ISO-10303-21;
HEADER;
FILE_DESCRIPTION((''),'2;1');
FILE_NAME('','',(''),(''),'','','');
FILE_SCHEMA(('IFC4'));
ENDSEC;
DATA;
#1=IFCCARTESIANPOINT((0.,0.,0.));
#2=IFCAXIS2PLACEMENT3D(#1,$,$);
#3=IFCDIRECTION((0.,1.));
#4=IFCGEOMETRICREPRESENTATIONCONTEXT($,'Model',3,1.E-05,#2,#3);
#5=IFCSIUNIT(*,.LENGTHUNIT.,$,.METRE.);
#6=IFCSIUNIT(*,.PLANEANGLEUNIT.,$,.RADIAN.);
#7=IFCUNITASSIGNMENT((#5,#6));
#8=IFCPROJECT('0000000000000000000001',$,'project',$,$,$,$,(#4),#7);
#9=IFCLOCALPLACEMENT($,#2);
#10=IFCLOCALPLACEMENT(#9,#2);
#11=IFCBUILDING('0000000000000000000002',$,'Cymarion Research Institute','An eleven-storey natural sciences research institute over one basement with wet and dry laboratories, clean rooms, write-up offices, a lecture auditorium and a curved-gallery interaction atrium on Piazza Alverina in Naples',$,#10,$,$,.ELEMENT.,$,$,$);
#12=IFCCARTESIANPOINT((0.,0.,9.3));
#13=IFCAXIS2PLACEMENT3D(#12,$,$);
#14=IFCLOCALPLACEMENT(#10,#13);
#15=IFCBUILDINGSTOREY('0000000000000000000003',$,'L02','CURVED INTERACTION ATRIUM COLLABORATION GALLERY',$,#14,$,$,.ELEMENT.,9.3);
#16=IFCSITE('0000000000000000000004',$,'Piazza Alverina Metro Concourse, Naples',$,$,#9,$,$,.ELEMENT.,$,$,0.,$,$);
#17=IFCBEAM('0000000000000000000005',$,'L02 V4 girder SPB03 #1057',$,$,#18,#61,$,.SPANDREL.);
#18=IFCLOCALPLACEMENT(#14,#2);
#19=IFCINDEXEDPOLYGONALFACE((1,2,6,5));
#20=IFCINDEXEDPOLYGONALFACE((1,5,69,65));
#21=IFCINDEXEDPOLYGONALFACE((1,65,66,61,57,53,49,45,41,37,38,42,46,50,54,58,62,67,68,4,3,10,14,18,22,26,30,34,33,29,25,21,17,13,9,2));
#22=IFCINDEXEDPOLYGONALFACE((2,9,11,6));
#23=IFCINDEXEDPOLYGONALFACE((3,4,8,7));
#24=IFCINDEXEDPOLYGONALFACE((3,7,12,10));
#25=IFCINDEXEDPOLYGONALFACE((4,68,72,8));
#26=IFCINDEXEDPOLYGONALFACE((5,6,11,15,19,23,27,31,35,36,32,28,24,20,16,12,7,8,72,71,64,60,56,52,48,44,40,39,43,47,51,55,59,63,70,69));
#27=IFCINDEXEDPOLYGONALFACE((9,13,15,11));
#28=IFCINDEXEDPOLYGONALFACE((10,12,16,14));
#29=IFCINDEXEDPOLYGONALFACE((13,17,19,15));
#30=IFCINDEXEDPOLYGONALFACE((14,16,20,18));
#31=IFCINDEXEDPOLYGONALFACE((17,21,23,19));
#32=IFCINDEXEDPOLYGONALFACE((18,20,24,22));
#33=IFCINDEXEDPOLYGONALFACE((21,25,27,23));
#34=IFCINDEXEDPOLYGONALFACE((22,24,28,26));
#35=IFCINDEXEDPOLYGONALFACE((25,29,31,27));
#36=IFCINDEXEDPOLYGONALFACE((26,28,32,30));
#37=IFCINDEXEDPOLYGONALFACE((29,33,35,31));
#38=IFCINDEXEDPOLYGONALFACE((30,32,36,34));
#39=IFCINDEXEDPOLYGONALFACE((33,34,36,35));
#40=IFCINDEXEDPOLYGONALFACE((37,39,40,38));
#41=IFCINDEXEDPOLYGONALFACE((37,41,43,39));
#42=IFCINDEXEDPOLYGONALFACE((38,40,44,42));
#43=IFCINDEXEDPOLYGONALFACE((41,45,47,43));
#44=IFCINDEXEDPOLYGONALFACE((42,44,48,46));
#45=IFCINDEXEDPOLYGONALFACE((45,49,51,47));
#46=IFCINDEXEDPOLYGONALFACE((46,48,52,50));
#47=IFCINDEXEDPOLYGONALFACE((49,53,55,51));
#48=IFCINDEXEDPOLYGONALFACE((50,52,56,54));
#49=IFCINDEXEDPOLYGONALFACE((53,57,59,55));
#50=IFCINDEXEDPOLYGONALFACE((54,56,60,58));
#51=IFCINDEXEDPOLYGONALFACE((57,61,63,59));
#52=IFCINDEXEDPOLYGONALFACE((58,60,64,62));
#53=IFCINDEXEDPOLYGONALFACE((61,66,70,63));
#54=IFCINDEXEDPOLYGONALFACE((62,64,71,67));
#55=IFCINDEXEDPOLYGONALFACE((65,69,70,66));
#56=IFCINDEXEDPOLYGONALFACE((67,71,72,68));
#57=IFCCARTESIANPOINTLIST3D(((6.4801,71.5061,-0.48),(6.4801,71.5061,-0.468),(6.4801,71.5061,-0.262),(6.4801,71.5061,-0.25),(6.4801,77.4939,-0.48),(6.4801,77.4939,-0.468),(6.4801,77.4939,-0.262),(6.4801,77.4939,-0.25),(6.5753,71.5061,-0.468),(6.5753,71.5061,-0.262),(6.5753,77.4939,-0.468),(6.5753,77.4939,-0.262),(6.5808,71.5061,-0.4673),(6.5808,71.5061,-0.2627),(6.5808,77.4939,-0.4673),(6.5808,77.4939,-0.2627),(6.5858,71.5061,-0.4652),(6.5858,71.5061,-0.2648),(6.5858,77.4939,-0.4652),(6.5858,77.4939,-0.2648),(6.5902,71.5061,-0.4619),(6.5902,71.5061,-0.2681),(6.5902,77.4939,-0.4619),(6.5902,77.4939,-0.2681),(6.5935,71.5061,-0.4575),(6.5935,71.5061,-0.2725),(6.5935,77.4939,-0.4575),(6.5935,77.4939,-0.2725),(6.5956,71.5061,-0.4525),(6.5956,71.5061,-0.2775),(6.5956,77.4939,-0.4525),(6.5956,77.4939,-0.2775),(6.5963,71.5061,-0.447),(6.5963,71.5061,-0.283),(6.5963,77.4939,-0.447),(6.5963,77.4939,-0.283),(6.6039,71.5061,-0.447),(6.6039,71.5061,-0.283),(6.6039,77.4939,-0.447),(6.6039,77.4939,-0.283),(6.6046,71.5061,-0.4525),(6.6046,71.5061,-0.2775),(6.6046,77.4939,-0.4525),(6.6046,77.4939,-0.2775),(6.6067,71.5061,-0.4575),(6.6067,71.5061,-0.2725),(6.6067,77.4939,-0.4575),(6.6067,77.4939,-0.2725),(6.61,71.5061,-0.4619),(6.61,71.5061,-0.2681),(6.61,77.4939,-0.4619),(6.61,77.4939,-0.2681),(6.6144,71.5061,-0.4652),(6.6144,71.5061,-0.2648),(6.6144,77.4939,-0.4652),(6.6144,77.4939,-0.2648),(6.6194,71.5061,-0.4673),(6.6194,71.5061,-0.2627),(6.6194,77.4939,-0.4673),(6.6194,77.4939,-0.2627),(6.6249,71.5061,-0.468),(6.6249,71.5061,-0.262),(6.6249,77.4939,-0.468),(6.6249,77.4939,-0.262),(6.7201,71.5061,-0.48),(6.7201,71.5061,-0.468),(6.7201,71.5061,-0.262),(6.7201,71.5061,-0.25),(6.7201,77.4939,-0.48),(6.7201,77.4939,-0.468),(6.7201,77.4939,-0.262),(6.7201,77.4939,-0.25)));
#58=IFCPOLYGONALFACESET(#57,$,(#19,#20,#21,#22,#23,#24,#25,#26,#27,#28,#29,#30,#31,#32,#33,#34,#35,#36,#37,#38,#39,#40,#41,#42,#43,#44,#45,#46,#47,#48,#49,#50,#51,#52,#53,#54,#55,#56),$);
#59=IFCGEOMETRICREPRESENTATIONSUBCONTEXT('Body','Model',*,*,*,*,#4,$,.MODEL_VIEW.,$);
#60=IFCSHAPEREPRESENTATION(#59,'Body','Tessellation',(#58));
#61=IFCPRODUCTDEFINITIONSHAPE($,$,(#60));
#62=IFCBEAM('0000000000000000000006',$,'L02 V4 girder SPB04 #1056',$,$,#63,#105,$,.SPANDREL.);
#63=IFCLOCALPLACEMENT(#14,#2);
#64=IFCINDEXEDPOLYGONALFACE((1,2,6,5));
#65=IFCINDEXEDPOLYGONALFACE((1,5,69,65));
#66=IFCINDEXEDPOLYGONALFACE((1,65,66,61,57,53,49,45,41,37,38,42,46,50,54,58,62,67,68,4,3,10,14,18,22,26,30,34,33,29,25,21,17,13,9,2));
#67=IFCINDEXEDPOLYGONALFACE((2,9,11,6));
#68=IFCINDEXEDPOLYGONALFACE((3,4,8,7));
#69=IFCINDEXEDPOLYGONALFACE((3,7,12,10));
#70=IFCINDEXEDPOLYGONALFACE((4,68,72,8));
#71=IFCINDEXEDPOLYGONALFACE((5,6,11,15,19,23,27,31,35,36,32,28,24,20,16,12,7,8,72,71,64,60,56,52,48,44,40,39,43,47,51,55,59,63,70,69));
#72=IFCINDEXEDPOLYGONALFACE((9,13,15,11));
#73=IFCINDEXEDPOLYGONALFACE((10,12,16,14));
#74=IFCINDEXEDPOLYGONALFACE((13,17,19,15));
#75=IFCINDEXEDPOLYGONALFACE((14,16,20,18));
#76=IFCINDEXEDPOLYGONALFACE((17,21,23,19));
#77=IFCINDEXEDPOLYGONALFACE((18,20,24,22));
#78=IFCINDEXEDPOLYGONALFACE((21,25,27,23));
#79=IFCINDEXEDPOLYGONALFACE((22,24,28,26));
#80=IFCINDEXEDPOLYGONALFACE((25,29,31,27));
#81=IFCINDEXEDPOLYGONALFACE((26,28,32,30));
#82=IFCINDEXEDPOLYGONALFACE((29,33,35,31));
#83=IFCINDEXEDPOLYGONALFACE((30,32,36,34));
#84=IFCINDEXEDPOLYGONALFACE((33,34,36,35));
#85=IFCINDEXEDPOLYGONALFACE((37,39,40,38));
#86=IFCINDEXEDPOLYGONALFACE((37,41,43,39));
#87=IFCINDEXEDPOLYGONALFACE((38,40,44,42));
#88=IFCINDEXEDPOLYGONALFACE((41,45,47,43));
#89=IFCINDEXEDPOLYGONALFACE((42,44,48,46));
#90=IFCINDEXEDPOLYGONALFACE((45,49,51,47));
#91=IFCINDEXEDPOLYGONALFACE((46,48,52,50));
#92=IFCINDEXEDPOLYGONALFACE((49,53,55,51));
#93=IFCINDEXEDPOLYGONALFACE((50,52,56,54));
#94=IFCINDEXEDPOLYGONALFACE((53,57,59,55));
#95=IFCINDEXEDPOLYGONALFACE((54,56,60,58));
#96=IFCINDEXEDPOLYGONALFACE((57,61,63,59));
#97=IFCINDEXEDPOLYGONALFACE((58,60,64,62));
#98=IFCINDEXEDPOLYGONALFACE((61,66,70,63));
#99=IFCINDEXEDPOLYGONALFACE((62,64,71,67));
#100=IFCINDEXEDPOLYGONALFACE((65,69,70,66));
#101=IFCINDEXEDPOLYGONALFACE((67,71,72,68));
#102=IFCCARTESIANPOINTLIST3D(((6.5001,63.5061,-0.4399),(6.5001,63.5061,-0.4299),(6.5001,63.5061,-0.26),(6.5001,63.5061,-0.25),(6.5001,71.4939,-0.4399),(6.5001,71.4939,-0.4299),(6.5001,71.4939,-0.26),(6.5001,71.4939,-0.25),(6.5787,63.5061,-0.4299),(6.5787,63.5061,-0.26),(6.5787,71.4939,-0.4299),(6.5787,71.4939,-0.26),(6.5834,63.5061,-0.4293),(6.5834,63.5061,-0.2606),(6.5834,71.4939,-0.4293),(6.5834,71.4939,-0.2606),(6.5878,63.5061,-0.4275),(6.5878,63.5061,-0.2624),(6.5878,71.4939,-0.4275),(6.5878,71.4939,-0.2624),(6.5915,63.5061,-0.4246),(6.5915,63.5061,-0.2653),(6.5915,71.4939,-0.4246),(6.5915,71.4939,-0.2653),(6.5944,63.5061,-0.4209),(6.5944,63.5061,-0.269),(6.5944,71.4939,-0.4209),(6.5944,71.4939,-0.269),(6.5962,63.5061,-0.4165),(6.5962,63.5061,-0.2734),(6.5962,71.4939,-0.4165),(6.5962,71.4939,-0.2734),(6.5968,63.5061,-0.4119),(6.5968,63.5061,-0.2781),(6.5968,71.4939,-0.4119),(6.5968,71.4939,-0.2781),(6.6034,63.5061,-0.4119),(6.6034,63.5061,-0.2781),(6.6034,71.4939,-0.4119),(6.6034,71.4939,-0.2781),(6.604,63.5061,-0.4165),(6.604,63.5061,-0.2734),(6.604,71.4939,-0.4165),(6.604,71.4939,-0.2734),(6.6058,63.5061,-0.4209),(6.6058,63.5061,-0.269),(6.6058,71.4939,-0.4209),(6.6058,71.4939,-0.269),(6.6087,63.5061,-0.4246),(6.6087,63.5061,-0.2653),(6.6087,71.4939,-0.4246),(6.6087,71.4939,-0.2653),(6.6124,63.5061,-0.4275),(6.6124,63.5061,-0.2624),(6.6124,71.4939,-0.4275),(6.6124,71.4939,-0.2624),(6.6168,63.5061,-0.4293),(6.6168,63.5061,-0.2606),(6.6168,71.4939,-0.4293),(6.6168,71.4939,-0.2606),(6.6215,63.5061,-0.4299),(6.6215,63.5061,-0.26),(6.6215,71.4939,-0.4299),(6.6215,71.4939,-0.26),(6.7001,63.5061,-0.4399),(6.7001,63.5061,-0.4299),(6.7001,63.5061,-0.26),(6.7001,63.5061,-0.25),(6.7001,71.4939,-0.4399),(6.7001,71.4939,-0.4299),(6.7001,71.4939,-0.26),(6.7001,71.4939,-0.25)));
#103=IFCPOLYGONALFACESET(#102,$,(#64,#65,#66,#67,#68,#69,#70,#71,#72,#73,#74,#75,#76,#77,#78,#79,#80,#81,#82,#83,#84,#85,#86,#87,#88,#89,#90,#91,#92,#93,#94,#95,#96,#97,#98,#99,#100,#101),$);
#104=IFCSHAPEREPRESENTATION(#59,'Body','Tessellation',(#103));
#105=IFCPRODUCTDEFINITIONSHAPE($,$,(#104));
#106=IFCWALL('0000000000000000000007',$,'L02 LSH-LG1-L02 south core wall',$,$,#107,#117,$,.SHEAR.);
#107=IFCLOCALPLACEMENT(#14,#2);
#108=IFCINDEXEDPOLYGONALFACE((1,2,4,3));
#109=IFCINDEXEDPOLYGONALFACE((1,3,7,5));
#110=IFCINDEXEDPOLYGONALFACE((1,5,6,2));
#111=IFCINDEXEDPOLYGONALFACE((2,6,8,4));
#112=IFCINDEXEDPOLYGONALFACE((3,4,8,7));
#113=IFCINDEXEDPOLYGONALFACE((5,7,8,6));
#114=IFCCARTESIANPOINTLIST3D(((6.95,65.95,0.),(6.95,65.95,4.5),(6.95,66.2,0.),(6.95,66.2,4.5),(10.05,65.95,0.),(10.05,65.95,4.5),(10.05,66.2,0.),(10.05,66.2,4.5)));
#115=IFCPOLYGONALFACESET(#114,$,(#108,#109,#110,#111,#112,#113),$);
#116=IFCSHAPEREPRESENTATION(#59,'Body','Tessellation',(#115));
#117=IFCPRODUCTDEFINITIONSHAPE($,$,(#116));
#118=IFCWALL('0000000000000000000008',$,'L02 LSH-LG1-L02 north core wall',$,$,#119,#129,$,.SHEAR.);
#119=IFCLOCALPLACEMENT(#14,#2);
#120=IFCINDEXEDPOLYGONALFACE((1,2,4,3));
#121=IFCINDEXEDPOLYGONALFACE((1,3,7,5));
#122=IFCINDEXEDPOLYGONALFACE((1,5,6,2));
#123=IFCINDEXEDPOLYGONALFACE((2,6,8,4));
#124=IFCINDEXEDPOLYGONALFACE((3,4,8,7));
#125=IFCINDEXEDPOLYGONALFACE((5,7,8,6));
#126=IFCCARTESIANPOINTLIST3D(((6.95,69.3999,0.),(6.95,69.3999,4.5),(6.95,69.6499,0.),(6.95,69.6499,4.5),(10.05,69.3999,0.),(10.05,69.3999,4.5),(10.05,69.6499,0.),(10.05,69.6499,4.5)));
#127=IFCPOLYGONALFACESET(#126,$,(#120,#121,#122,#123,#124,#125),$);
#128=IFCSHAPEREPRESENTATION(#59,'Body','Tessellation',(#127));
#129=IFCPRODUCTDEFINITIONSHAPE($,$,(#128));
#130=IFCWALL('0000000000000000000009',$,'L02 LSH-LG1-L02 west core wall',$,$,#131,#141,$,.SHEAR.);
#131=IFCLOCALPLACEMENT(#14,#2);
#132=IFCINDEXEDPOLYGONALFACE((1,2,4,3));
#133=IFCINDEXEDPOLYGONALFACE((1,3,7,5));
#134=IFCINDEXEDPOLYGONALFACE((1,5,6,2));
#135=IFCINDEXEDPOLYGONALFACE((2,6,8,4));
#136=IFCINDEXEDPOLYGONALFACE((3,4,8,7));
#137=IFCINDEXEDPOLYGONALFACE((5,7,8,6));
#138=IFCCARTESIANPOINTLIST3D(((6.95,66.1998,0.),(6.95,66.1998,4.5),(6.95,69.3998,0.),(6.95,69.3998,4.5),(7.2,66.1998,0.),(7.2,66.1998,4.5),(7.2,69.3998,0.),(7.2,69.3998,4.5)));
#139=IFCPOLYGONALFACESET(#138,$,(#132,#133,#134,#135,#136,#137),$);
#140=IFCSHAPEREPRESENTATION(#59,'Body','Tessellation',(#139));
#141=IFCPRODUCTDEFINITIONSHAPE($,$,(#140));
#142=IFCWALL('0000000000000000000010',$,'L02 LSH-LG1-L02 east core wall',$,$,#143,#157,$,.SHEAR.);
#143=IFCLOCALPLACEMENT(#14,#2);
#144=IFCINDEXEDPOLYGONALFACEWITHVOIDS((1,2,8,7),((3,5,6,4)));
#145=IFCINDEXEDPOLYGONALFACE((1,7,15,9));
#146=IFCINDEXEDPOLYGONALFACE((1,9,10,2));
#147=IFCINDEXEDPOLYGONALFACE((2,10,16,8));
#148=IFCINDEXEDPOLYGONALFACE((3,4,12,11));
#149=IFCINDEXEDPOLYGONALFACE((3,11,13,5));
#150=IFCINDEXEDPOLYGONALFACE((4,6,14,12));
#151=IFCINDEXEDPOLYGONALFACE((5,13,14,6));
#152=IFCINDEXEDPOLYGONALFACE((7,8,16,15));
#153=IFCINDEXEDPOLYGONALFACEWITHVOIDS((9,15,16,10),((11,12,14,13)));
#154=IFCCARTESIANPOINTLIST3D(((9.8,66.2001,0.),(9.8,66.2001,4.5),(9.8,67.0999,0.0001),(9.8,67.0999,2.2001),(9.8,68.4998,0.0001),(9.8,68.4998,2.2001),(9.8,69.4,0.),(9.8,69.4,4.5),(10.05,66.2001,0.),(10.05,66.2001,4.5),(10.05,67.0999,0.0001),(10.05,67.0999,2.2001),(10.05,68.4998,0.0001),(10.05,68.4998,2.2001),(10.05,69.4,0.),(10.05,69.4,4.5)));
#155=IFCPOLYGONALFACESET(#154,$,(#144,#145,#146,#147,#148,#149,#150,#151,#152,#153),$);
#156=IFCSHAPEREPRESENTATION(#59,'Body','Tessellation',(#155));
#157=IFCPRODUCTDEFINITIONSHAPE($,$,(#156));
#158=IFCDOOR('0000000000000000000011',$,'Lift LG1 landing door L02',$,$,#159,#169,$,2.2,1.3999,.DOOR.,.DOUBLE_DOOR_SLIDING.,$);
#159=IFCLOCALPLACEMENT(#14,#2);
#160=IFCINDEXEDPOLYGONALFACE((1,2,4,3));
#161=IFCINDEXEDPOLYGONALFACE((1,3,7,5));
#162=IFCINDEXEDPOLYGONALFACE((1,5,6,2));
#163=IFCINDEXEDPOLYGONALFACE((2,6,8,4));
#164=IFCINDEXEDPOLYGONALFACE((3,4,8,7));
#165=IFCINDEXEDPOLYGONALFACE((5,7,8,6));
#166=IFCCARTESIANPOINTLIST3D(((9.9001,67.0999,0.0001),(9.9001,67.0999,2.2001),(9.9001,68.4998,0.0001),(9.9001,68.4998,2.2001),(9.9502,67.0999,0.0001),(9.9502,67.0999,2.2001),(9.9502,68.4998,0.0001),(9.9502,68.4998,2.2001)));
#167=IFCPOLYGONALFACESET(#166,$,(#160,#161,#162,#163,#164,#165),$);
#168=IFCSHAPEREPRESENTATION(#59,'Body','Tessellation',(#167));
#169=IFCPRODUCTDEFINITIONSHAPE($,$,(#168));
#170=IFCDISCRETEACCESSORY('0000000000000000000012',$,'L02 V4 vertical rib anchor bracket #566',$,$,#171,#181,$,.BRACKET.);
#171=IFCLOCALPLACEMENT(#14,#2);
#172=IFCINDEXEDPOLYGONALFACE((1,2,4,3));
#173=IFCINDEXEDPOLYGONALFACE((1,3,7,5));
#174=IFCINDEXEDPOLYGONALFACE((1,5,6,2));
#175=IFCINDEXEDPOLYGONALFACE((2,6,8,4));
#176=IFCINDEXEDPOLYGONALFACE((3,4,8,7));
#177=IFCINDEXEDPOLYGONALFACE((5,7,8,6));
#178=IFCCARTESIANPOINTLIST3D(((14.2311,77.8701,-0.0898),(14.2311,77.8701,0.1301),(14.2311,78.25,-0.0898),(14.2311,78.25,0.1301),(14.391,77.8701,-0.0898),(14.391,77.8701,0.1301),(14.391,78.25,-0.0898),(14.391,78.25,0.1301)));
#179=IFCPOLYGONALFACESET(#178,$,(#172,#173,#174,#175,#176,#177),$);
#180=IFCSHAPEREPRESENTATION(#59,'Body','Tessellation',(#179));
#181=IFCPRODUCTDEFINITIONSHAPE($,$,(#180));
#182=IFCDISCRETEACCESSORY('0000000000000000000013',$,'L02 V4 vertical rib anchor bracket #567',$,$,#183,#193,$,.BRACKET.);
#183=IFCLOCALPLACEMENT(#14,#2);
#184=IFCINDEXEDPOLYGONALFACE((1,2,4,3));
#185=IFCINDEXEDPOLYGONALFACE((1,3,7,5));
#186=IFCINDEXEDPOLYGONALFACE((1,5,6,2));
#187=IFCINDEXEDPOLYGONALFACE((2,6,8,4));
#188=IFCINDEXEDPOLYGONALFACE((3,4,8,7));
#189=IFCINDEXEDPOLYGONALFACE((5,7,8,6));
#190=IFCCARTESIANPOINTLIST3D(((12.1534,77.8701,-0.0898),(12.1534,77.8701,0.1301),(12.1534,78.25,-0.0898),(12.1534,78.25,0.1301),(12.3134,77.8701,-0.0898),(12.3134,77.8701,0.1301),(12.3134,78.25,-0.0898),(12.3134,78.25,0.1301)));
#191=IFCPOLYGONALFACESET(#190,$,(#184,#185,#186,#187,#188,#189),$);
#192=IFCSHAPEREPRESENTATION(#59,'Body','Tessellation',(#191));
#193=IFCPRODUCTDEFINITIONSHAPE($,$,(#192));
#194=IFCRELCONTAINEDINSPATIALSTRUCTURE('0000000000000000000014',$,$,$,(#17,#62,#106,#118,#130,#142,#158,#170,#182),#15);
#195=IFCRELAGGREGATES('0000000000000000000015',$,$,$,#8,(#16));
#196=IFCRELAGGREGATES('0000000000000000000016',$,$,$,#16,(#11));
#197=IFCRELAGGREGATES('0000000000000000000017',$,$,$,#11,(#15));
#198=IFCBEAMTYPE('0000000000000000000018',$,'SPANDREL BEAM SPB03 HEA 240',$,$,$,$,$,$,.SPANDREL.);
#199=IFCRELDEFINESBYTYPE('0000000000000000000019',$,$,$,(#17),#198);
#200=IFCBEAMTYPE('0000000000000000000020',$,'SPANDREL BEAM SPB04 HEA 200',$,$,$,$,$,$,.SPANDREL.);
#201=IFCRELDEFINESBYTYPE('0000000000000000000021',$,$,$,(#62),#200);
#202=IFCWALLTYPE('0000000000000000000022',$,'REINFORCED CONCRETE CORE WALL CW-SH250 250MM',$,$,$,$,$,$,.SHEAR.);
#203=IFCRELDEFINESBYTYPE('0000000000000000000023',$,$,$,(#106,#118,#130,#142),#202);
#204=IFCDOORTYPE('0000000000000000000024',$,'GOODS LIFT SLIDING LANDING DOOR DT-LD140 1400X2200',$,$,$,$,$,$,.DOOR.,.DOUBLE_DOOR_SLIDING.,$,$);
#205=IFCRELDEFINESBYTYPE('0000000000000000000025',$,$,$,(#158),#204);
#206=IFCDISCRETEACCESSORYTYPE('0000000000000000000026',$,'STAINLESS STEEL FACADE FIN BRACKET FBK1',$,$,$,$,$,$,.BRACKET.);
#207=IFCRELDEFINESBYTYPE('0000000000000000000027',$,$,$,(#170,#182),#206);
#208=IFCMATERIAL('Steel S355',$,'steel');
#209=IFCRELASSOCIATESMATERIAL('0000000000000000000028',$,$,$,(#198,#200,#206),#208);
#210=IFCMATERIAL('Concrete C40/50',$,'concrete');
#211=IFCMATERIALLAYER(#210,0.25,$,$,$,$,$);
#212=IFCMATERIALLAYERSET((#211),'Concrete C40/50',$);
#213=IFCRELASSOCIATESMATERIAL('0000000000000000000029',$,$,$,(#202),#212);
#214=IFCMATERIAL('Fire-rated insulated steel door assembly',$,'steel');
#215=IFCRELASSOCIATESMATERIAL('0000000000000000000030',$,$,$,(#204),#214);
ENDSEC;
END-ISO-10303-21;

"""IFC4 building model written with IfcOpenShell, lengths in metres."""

from ifc_helpers import new_model, si_unit, direction, frame, frame_2d, origin, origin_2d, place, context, subcontext, project, spatial, rectangle, i_section, extrude, material, layer, layer_set, material_profile, profile_set, type_object, element, fill, save


model = new_model("IFC4")

# Units and contexts
model_context = context("Model", 3, precision=1e-05, world=origin(), true_north=direction((0.0, 1.0)))
body_context = subcontext(model_context, "Body", "Model", "MODEL_VIEW")
ifc_project = project(units=[si_unit("LENGTHUNIT", "METRE"), si_unit("PLANEANGLEUNIT", "RADIAN")], contexts=[model_context])

# Site, building, storey
site_placement = place(None, origin())
site = spatial("IfcSite", under=ifc_project, at=site_placement, Name="Piazza Alverina Metro Concourse, Naples", CompositionType="ELEMENT", RefElevation=0.0)
building_placement = place(site_placement, origin())
building = spatial("IfcBuilding", under=site, at=building_placement, Name="Cymarion Research Institute", Description="An eleven-storey natural sciences research institute over one basement with wet and dry laboratories, clean rooms, write-up offices, a lecture auditorium and a curved-gallery interaction atrium on Piazza Alverina in Naples", CompositionType="ELEMENT")
storey_placement = place(building_placement, frame((0.0, 0.0, 9.3)))
storey = spatial("IfcBuildingStorey", under=building, at=storey_placement, Name="L02", Description="CURVED INTERACTION ATRIUM COLLABORATION GALLERY", CompositionType="ELEMENT", Elevation=9.3)

# Shared definitions
ifc_material_1 = material(Name="Steel S355", Category="steel")
ifc_material_2 = material(Name="Concrete C40/50", Category="concrete")

# Beams
ifc_material_profile_1 = material_profile(ifc_material_1, i_section(OverallWidth=0.24, OverallDepth=0.23, WebThickness=0.0076, FlangeThickness=0.012, FilletRadius=0.021, at=origin_2d()), Name="HEA 240")
ifc_profile_set_1 = profile_set([ifc_material_profile_1], Name="Steel S355")
beam_type_1 = type_object("IfcBeamType", Name="SPANDREL BEAM SPB03 HEA 240", PredefinedType="SPANDREL", material=ifc_profile_set_1)
beam_1_placement = place(storey_placement, frame((6.6001, 71.5061, -0.365), z_axis=(0.0, 1.0, 0.0), x_axis=(-1.0, 0.0, 0.0)))
element("IfcBeam", 1, at=beam_1_placement, inside=storey, type_object=beam_type_1, Name="L02 V4 girder SPB03 #1057", PredefinedType="SPANDREL", context=body_context, shape_type="SweptSolid", body=[
    extrude(i_section(OverallWidth=0.24, OverallDepth=0.23, WebThickness=0.0076, FlangeThickness=0.012, FilletRadius=0.021, at=origin_2d()), origin(), (0.0, 0.0, 1.0), 5.9878),
])
ifc_material_profile_2 = material_profile(ifc_material_1, i_section(OverallWidth=0.2, OverallDepth=0.1899, WebThickness=0.0066, FlangeThickness=0.01, FilletRadius=0.0181, at=origin_2d()), Name="HEA 200")
ifc_profile_set_2 = profile_set([ifc_material_profile_2], Name="Steel S355")
beam_type_2 = type_object("IfcBeamType", Name="SPANDREL BEAM SPB04 HEA 200", PredefinedType="SPANDREL", material=ifc_profile_set_2)
beam_2_placement = place(storey_placement, frame((6.6001, 63.5061, -0.345), z_axis=(0.0, 1.0, 0.0), x_axis=(-1.0, 0.0, 0.0)))
element("IfcBeam", 2, at=beam_2_placement, inside=storey, type_object=beam_type_2, Name="L02 V4 girder SPB04 #1056", PredefinedType="SPANDREL", context=body_context, shape_type="SweptSolid", body=[
    extrude(i_section(OverallWidth=0.2, OverallDepth=0.1899, WebThickness=0.0066, FlangeThickness=0.01, FilletRadius=0.0181, at=origin_2d()), origin(), (0.0, 0.0, 1.0), 7.9878),
])

# Walls
ifc_layer = layer(ifc_material_2, 0.25)
ifc_layer_set = layer_set([ifc_layer], Name="Concrete C40/50")
wall_type = type_object("IfcWallType", Name="REINFORCED CONCRETE CORE WALL CW-SH250 250MM", PredefinedType="SHEAR", material=ifc_layer_set)
for number, where, z_axis, x_axis, name in (
    (3, (6.95, 66.075, 0.0), (0.0, 0.0, 1.0), (1.0, 0.0, 0.0), "L02 LSH-LG1-L02 south core wall"),
    (4, (10.05, 69.5249, 0.0), (0.0, 0.0, 1.0), (-1.0, 0.0, 0.0), "L02 LSH-LG1-L02 north core wall"),
):
    element("IfcWall", number, at=place(storey_placement, frame(where, z_axis=z_axis, x_axis=x_axis)), inside=storey, type_object=wall_type, Name=name, PredefinedType="SHEAR", context=body_context, shape_type="SweptSolid", body=[
        extrude(rectangle(XDim=3.1001, YDim=0.25, at=frame_2d((1.55, 0.0))), origin(), (0.0, 0.0, 1.0), 4.5),
    ])
wall_1_placement = place(storey_placement, frame((7.075, 69.3999, 0.0), z_axis=(0.0, 0.0, 1.0), x_axis=(0.0, -1.0, 0.0)))
element("IfcWall", 5, at=wall_1_placement, inside=storey, type_object=wall_type, Name="L02 LSH-LG1-L02 west core wall", PredefinedType="SHEAR", context=body_context, shape_type="SweptSolid", body=[
    extrude(rectangle(XDim=3.2, YDim=0.25, at=frame_2d((1.6001, 0.0))), origin(), (0.0, 0.0, 1.0), 4.5),
])

# Wall, opening, door
wall_2_placement = place(storey_placement, frame((9.925, 66.2, 0.0), z_axis=(0.0, 0.0, 1.0), x_axis=(0.0, 1.0, 0.0)))
wall_2 = element("IfcWall", 6, at=wall_2_placement, inside=storey, type_object=wall_type, Name="L02 LSH-LG1-L02 east core wall", PredefinedType="SHEAR", context=body_context, shape_type="SweptSolid", body=[
    extrude(rectangle(XDim=3.2, YDim=0.25, at=frame_2d((1.6001, 0.0))), origin(), (0.0, 0.0, 1.0), 4.5),
])
opening_placement = place(wall_2_placement, frame((0.8999, 0.0, 0.0)))
opening = element("IfcOpeningElement", 7, at=opening_placement, cuts=wall_2, PredefinedType="OPENING", context=body_context, shape_type="SweptSolid", body=[
    extrude(rectangle(XDim=1.3999, YDim=2.2, at=frame_2d((0.7, 1.1001))), frame((0.0, 0.135, 0.0), z_axis=(0.0, -1.0, 0.0), x_axis=(1.0, 0.0, 0.0)), (0.0, 0.0, 1.0), 0.27),
])
ifc_material_3 = material(Name="Fire-rated insulated steel door assembly", Category="steel")
door_type = type_object("IfcDoorType", Name="GOODS LIFT SLIDING LANDING DOOR DT-LD140 1400X2200", OperationType="DOUBLE_DOOR_SLIDING", PredefinedType="DOOR", material=ifc_material_3)
door_placement = place(opening_placement, origin())
door = element("IfcDoor", 8, at=door_placement, inside=storey, type_object=door_type, Name="Lift LG1 landing door L02", OperationType="DOUBLE_DOOR_SLIDING", OverallHeight=2.2, OverallWidth=1.3999, PredefinedType="DOOR", context=body_context, shape_type="SweptSolid", body=[
    extrude(rectangle(XDim=1.3999, YDim=2.2, at=frame_2d((0.7, 1.1001))), frame((0.0, 0.0249, 0.0), z_axis=(0.0, -1.0, 0.0), x_axis=(1.0, 0.0, 0.0)), (0.0, 0.0, 1.0), 0.05),
])
fill(opening, door)

# Discrete accessories
discrete_accessory_type = type_object("IfcDiscreteAccessoryType", Name="STAINLESS STEEL FACADE FIN BRACKET FBK1", PredefinedType="BRACKET", material=ifc_material_1)
for number, where, z_axis, x_axis, name in (
    (9, (14.311, 78.0601, -0.0898), (0.0, 0.0, 1.0), (0.0, 1.0, 0.0), "L02 V4 vertical rib anchor bracket #566"),
    (10, (12.2334, 78.0601, -0.0898), (0.0, 0.0, 1.0), (0.0, 1.0, 0.0), "L02 V4 vertical rib anchor bracket #567"),
):
    element("IfcDiscreteAccessory", number, at=place(storey_placement, frame(where, z_axis=z_axis, x_axis=x_axis)), inside=storey, type_object=discrete_accessory_type, Name=name, PredefinedType="BRACKET", context=body_context, shape_type="SweptSolid", body=[
        extrude(rectangle(XDim=0.3799, YDim=0.1599, at=origin_2d()), origin(), (0.0, 0.0, 1.0), 0.22),
    ])

save(model, "model.ifc")
